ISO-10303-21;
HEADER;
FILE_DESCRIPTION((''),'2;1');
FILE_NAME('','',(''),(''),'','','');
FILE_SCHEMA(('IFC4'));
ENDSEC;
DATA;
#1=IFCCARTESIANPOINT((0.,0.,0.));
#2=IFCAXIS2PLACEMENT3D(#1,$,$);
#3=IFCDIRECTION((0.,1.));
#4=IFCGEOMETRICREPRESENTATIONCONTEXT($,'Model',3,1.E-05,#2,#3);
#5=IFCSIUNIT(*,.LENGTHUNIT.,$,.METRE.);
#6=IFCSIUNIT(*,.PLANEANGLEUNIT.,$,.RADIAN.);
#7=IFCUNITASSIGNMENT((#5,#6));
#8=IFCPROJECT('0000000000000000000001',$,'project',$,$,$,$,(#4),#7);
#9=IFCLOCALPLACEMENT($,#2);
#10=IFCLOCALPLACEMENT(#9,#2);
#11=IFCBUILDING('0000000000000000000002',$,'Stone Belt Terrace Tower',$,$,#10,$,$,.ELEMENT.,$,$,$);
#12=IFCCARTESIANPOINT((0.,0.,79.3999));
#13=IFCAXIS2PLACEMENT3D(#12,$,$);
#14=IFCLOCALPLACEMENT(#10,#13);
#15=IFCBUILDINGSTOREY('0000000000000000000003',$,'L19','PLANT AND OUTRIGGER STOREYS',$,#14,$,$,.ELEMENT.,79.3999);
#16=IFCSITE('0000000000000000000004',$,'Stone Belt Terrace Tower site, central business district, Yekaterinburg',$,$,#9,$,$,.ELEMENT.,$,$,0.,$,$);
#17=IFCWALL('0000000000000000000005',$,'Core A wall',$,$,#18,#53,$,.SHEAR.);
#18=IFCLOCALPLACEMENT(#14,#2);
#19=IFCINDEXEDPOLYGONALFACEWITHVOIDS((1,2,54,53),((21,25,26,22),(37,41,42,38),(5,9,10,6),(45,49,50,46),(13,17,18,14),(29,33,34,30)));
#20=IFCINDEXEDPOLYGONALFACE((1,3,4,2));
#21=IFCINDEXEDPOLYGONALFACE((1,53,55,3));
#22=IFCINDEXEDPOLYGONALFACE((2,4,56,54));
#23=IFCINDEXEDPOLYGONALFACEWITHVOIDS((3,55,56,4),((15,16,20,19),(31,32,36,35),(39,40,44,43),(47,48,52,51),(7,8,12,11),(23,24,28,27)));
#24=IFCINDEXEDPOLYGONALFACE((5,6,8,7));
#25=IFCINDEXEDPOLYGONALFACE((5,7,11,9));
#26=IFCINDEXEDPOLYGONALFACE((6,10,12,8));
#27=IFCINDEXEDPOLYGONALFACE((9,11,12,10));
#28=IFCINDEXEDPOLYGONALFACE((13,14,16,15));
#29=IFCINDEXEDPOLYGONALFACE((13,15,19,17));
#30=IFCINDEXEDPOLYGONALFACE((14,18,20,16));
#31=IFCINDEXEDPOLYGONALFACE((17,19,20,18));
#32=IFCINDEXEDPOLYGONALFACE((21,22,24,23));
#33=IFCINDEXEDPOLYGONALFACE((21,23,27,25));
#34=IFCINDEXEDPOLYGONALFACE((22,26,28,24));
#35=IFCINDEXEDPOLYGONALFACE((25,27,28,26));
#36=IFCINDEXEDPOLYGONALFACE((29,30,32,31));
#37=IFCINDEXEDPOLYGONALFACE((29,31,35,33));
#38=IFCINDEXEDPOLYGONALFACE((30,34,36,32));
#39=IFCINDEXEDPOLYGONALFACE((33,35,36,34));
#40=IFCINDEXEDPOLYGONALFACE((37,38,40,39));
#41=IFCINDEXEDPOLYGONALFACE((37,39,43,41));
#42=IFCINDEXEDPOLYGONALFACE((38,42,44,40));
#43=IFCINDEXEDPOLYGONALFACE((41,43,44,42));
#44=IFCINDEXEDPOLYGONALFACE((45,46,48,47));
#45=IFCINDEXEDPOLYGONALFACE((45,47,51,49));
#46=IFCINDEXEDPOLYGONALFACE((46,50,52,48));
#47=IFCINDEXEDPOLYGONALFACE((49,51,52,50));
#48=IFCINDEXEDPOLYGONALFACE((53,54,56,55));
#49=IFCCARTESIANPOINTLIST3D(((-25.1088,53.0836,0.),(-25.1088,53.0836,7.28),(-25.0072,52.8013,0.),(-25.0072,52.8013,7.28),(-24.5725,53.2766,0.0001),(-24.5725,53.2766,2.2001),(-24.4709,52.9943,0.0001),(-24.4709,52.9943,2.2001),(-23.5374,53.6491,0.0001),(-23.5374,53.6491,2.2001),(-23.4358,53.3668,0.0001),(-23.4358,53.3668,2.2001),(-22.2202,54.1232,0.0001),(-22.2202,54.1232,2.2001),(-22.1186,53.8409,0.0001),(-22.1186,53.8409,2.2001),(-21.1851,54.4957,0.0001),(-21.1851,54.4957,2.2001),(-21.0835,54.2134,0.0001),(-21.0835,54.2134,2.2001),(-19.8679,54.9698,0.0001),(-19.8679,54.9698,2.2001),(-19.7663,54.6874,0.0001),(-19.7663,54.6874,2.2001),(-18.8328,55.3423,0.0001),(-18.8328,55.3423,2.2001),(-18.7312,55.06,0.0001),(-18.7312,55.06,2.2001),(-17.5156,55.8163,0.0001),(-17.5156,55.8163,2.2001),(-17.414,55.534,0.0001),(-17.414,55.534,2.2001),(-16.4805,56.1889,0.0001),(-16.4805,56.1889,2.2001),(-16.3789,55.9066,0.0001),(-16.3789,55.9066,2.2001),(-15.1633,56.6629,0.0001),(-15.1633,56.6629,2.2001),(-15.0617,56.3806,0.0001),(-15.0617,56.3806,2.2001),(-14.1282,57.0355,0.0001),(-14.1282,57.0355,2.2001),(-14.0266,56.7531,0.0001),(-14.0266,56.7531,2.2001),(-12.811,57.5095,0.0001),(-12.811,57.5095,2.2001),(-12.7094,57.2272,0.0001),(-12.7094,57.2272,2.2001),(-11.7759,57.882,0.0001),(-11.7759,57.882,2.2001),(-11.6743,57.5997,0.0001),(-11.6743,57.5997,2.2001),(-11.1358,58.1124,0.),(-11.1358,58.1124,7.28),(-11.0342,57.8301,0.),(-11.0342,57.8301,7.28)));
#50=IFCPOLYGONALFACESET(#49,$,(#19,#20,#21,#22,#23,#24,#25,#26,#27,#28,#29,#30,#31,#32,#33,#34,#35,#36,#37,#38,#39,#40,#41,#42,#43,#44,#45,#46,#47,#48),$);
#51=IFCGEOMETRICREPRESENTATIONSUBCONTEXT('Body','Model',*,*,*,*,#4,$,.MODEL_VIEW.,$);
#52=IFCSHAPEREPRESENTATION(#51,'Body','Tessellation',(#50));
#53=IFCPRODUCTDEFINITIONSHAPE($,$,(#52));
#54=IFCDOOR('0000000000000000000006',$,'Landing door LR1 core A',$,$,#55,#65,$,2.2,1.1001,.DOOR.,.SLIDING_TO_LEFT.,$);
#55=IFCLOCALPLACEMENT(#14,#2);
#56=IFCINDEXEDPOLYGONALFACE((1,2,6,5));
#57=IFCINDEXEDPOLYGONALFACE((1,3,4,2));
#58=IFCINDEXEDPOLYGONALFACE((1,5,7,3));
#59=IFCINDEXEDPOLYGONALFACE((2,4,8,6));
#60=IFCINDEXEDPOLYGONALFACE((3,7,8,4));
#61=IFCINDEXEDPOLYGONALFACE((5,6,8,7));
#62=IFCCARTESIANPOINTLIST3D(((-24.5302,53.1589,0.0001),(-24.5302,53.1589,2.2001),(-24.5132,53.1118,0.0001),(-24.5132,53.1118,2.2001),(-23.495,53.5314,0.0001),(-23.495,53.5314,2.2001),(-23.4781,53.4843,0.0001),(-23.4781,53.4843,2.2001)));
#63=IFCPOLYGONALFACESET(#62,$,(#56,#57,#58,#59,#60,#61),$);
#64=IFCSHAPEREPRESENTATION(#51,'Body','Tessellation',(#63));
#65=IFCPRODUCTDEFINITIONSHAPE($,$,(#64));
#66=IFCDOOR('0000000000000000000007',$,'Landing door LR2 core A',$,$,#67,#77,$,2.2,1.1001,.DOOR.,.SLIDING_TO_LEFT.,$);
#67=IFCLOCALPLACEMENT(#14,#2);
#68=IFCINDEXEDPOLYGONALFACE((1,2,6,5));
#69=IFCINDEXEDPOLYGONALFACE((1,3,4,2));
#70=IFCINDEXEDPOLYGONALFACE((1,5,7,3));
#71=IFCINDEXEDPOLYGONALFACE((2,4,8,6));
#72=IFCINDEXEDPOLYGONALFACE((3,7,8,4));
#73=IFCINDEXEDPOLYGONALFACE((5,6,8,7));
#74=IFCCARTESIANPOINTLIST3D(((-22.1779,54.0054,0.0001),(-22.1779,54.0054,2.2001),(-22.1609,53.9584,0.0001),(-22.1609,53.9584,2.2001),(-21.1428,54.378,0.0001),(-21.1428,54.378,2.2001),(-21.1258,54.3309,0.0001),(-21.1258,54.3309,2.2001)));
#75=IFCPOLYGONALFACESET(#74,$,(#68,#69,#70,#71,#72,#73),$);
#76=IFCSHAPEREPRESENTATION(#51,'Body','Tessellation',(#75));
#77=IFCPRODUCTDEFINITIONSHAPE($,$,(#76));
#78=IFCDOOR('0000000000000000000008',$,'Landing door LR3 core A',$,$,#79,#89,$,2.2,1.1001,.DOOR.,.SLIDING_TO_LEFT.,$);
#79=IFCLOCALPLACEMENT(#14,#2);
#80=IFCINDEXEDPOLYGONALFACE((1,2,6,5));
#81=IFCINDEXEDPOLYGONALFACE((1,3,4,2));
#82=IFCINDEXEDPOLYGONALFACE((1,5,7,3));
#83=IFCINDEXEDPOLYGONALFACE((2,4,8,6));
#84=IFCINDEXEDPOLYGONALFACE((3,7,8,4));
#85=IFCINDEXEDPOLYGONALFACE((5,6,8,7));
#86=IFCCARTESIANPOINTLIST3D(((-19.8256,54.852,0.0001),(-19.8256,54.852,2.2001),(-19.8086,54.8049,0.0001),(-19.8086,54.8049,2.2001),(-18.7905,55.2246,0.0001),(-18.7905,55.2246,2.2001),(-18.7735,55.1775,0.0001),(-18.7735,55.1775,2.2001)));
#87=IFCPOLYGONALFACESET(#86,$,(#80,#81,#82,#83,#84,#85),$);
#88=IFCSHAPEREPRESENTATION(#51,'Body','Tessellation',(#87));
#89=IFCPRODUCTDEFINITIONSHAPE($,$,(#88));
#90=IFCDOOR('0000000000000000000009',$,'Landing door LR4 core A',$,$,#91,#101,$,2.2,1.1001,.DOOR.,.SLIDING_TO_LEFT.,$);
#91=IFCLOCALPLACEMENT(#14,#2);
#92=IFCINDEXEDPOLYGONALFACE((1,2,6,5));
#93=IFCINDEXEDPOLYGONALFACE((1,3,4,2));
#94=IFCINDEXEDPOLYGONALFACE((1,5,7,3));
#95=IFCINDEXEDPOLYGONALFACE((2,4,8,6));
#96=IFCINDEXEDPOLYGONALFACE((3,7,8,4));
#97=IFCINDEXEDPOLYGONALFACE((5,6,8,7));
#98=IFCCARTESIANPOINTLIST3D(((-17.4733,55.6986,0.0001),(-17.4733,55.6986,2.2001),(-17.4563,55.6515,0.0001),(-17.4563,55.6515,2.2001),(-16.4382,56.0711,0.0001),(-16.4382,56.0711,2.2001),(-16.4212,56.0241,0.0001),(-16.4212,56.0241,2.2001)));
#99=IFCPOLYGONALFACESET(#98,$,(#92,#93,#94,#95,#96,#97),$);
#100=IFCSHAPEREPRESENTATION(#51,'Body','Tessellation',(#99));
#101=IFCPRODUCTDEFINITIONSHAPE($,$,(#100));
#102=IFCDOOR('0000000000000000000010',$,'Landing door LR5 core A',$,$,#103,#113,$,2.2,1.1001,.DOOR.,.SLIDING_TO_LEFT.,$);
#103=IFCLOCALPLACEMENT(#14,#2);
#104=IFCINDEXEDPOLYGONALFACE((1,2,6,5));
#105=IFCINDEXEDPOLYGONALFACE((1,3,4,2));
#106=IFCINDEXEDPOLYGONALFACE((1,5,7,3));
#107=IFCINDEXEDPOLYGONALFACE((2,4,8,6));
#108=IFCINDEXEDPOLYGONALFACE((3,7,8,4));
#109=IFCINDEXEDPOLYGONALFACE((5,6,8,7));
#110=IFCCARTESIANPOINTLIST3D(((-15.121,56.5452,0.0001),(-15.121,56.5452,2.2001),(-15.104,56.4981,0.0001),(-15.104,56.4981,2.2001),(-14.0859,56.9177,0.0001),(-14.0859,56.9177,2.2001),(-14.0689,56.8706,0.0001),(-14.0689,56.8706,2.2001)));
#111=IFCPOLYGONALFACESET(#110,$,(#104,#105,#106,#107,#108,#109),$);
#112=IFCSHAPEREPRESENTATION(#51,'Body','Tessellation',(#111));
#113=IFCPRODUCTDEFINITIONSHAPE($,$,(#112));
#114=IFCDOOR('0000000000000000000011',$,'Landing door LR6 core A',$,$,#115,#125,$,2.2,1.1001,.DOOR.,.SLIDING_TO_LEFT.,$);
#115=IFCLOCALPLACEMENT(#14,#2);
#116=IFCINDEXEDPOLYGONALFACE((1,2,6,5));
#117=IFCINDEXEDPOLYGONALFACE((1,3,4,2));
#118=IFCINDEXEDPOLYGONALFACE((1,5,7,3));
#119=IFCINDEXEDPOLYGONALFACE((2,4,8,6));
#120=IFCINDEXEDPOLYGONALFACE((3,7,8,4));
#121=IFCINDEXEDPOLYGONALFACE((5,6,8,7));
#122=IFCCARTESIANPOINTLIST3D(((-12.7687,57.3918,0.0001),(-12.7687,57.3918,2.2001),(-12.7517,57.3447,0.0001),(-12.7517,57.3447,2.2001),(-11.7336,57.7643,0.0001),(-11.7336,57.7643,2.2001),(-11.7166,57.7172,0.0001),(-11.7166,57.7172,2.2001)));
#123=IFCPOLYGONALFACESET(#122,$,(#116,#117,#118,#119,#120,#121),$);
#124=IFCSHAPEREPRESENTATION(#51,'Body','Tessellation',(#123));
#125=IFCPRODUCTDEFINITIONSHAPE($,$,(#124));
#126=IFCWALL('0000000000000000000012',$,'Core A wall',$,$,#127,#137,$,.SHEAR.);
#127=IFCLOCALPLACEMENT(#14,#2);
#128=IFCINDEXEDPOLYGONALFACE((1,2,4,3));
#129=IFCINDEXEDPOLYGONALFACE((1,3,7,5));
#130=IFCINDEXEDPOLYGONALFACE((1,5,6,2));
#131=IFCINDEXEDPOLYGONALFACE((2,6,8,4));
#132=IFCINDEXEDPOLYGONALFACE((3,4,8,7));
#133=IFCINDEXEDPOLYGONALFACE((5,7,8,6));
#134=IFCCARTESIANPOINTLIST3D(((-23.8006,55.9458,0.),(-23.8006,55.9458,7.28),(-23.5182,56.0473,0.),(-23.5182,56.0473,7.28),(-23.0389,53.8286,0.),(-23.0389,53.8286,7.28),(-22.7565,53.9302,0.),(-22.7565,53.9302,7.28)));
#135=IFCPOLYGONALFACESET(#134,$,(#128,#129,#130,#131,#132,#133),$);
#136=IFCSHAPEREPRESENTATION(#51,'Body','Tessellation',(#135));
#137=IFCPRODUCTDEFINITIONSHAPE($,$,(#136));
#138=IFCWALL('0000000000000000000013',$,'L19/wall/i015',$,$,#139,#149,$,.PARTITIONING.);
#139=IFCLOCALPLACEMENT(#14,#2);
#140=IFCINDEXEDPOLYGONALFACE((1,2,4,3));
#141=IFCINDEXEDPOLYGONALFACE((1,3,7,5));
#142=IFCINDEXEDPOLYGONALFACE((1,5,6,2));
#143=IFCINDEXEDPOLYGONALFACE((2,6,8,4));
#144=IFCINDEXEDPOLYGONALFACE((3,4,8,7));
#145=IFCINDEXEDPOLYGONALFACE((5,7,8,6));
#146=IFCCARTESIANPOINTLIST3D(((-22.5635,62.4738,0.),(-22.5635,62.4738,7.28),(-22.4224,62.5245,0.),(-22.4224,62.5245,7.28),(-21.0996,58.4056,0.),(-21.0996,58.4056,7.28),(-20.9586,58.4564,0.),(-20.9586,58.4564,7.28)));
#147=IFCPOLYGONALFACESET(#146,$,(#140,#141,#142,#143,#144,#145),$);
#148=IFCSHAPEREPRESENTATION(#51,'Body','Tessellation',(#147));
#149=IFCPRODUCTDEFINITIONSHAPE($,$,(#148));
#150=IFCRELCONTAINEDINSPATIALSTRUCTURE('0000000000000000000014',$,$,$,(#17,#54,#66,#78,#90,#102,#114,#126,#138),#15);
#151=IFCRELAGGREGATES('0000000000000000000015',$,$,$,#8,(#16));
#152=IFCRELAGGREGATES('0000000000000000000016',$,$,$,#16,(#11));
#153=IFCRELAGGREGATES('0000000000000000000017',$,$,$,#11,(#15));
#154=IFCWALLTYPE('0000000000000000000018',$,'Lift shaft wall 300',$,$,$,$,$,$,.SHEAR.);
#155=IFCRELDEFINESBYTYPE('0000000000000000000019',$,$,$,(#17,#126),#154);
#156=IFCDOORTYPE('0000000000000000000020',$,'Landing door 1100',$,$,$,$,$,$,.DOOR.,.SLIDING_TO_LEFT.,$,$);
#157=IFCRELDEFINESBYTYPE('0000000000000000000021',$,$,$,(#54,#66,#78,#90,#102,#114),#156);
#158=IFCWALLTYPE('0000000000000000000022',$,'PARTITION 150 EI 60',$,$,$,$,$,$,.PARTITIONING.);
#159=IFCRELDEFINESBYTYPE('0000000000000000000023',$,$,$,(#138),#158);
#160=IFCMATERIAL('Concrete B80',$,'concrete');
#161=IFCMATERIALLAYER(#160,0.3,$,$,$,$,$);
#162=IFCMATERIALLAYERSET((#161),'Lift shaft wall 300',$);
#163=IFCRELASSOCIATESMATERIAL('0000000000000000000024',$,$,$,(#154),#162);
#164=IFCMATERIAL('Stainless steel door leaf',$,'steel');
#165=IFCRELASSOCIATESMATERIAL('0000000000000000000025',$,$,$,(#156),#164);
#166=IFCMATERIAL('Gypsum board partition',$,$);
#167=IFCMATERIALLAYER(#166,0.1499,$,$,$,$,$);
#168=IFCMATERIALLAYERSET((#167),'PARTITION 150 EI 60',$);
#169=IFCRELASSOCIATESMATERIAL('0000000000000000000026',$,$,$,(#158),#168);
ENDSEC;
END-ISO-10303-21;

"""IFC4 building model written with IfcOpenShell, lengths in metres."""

from ifc_helpers import new_model, si_unit, direction, frame, frame_2d, origin, place, context, subcontext, project, spatial, rectangle, extrude, material, layer, layer_set, type_object, element, fill, save


model = new_model("IFC4")

# Units and contexts
model_context = context("Model", 3, precision=1e-05, world=origin(), true_north=direction((0.0, 1.0)))
body_context = subcontext(model_context, "Body", "Model", "MODEL_VIEW")
ifc_project = project(units=[si_unit("LENGTHUNIT", "METRE"), si_unit("PLANEANGLEUNIT", "RADIAN")], contexts=[model_context])

# Site, building, storey
site_placement = place(None, origin())
site = spatial("IfcSite", under=ifc_project, at=site_placement, Name="Stone Belt Terrace Tower site, central business district, Yekaterinburg", CompositionType="ELEMENT", RefElevation=0.0)
building_placement = place(site_placement, origin())
building = spatial("IfcBuilding", under=site, at=building_placement, Name="Stone Belt Terrace Tower", CompositionType="ELEMENT")
storey_placement = place(building_placement, frame((0.0, 0.0, 79.3999)))
storey = spatial("IfcBuildingStorey", under=building, at=storey_placement, Name="L19", Description="PLANT AND OUTRIGGER STOREYS", CompositionType="ELEMENT", Elevation=79.3999)

# Shared definitions
ifc_material_1 = material(Name="Concrete B80", Category="concrete")

# Shared definitions
ifc_layer_1 = layer(ifc_material_1, 0.3)
ifc_layer_set_1 = layer_set([ifc_layer_1], Name="Lift shaft wall 300")
wall_type_1 = type_object("IfcWallType", Name="Lift shaft wall 300", PredefinedType="SHEAR", material=ifc_layer_set_1)
ifc_material_2 = material(Name="Stainless steel door leaf", Category="steel")

# Wall, openings, doors
wall_1_placement = place(storey_placement, frame((-25.0581, 52.9424, 0.0), z_axis=(0.0, 0.0, 1.0), x_axis=(0.940918, 0.338634, 0.0)))
wall_1 = element("IfcWall", 1, at=wall_1_placement, inside=storey, type_object=wall_type_1, Name="Core A wall", PredefinedType="SHEAR", context=body_context, shape_type="SweptSolid", body=[
    extrude(rectangle(XDim=14.8503, YDim=0.3, at=frame_2d((7.4253, 0.0))), origin(), (0.0, 0.0, 1.0), 7.28),
])
opening_1_placement = place(wall_1_placement, frame((0.5701, 0.0, 0.0)))
opening_1 = element("IfcOpeningElement", 2, at=opening_1_placement, cuts=wall_1, PredefinedType="OPENING", context=body_context, shape_type="SweptSolid", body=[
    extrude(rectangle(XDim=1.1001, YDim=2.2, at=frame_2d((0.55, 1.1001))), frame((0.0, 0.1599, 0.0), z_axis=(0.0, -1.0, 0.0), x_axis=(1.0, 0.0, 0.0)), (0.0, 0.0, 1.0), 0.3201),
])
opening_2_placement = place(wall_1_placement, frame((3.0701, 0.0, 0.0)))
opening_2 = element("IfcOpeningElement", 3, at=opening_2_placement, cuts=wall_1, PredefinedType="OPENING", context=body_context, shape_type="SweptSolid", body=[
    extrude(rectangle(XDim=1.1001, YDim=2.2, at=frame_2d((0.55, 1.1001))), frame((0.0, 0.1599, 0.0), z_axis=(0.0, -1.0, 0.0), x_axis=(1.0, 0.0, 0.0)), (0.0, 0.0, 1.0), 0.3201),
])
opening_3_placement = place(wall_1_placement, frame((5.5701, 0.0, 0.0)))
opening_3 = element("IfcOpeningElement", 4, at=opening_3_placement, cuts=wall_1, PredefinedType="OPENING", context=body_context, shape_type="SweptSolid", body=[
    extrude(rectangle(XDim=1.1001, YDim=2.2, at=frame_2d((0.55, 1.1001))), frame((0.0, 0.1599, 0.0), z_axis=(0.0, -1.0, 0.0), x_axis=(1.0, 0.0, 0.0)), (0.0, 0.0, 1.0), 0.3201),
])
opening_4_placement = place(wall_1_placement, frame((8.0701, 0.0, 0.0)))
opening_4 = element("IfcOpeningElement", 5, at=opening_4_placement, cuts=wall_1, PredefinedType="OPENING", context=body_context, shape_type="SweptSolid", body=[
    extrude(rectangle(XDim=1.1001, YDim=2.2, at=frame_2d((0.55, 1.1001))), frame((0.0, 0.1599, 0.0), z_axis=(0.0, -1.0, 0.0), x_axis=(1.0, 0.0, 0.0)), (0.0, 0.0, 1.0), 0.3201),
])
opening_5_placement = place(wall_1_placement, frame((10.5701, 0.0, 0.0)))
opening_5 = element("IfcOpeningElement", 6, at=opening_5_placement, cuts=wall_1, PredefinedType="OPENING", context=body_context, shape_type="SweptSolid", body=[
    extrude(rectangle(XDim=1.1001, YDim=2.2, at=frame_2d((0.55, 1.1001))), frame((0.0, 0.1599, 0.0), z_axis=(0.0, -1.0, 0.0), x_axis=(1.0, 0.0, 0.0)), (0.0, 0.0, 1.0), 0.3201),
])
opening_6_placement = place(wall_1_placement, frame((13.0701, 0.0, 0.0)))
opening_6 = element("IfcOpeningElement", 7, at=opening_6_placement, cuts=wall_1, PredefinedType="OPENING", context=body_context, shape_type="SweptSolid", body=[
    extrude(rectangle(XDim=1.1001, YDim=2.2, at=frame_2d((0.55, 1.1001))), frame((0.0, 0.1599, 0.0), z_axis=(0.0, -1.0, 0.0), x_axis=(1.0, 0.0, 0.0)), (0.0, 0.0, 1.0), 0.3201),
])
door_type_1 = type_object("IfcDoorType", Name="Landing door 1100", OperationType="SLIDING_TO_LEFT", PredefinedType="DOOR", material=ifc_material_2)
door_1_placement = place(opening_1_placement, origin())
door_1 = element("IfcDoor", 8, at=door_1_placement, inside=storey, type_object=door_type_1, Name="Landing door LR1 core A", OperationType="SLIDING_TO_LEFT", OverallHeight=2.2, OverallWidth=1.1001, PredefinedType="DOOR", context=body_context, shape_type="SweptSolid", body=[
    extrude(rectangle(XDim=1.1001, YDim=2.2, at=frame_2d((0.55, 1.1001))), frame((0.0, 0.0249, 0.0), z_axis=(0.0, -1.0, 0.0), x_axis=(1.0, 0.0, 0.0)), (0.0, 0.0, 1.0), 0.05),
])
fill(opening_1, door_1)
door_2_placement = place(opening_2_placement, origin())
door_2 = element("IfcDoor", 9, at=door_2_placement, inside=storey, type_object=door_type_1, Name="Landing door LR2 core A", OperationType="SLIDING_TO_LEFT", OverallHeight=2.2, OverallWidth=1.1001, PredefinedType="DOOR", context=body_context, shape_type="SweptSolid", body=[
    extrude(rectangle(XDim=1.1001, YDim=2.2, at=frame_2d((0.55, 1.1001))), frame((0.0, 0.0249, 0.0), z_axis=(0.0, -1.0, 0.0), x_axis=(1.0, 0.0, 0.0)), (0.0, 0.0, 1.0), 0.05),
])
fill(opening_2, door_2)
door_3_placement = place(opening_3_placement, origin())
door_3 = element("IfcDoor", 10, at=door_3_placement, inside=storey, type_object=door_type_1, Name="Landing door LR3 core A", OperationType="SLIDING_TO_LEFT", OverallHeight=2.2, OverallWidth=1.1001, PredefinedType="DOOR", context=body_context, shape_type="SweptSolid", body=[
    extrude(rectangle(XDim=1.1001, YDim=2.2, at=frame_2d((0.55, 1.1001))), frame((0.0, 0.0249, 0.0), z_axis=(0.0, -1.0, 0.0), x_axis=(1.0, 0.0, 0.0)), (0.0, 0.0, 1.0), 0.05),
])
fill(opening_3, door_3)
door_4_placement = place(opening_4_placement, origin())
door_4 = element("IfcDoor", 11, at=door_4_placement, inside=storey, type_object=door_type_1, Name="Landing door LR4 core A", OperationType="SLIDING_TO_LEFT", OverallHeight=2.2, OverallWidth=1.1001, PredefinedType="DOOR", context=body_context, shape_type="SweptSolid", body=[
    extrude(rectangle(XDim=1.1001, YDim=2.2, at=frame_2d((0.55, 1.1001))), frame((0.0, 0.0249, 0.0), z_axis=(0.0, -1.0, 0.0), x_axis=(1.0, 0.0, 0.0)), (0.0, 0.0, 1.0), 0.05),
])
fill(opening_4, door_4)
door_5_placement = place(opening_5_placement, origin())
door_5 = element("IfcDoor", 12, at=door_5_placement, inside=storey, type_object=door_type_1, Name="Landing door LR5 core A", OperationType="SLIDING_TO_LEFT", OverallHeight=2.2, OverallWidth=1.1001, PredefinedType="DOOR", context=body_context, shape_type="SweptSolid", body=[
    extrude(rectangle(XDim=1.1001, YDim=2.2, at=frame_2d((0.55, 1.1001))), frame((0.0, 0.0249, 0.0), z_axis=(0.0, -1.0, 0.0), x_axis=(1.0, 0.0, 0.0)), (0.0, 0.0, 1.0), 0.05),
])
fill(opening_5, door_5)
door_6_placement = place(opening_6_placement, origin())
door_6 = element("IfcDoor", 13, at=door_6_placement, inside=storey, type_object=door_type_1, Name="Landing door LR6 core A", OperationType="SLIDING_TO_LEFT", OverallHeight=2.2, OverallWidth=1.1001, PredefinedType="DOOR", context=body_context, shape_type="SweptSolid", body=[
    extrude(rectangle(XDim=1.1001, YDim=2.2, at=frame_2d((0.55, 1.1001))), frame((0.0, 0.0249, 0.0), z_axis=(0.0, -1.0, 0.0), x_axis=(1.0, 0.0, 0.0)), (0.0, 0.0, 1.0), 0.05),
])
fill(opening_6, door_6)

# Walls
wall_2_placement = place(storey_placement, frame((-22.8977, 53.8794, 0.0), z_axis=(0.0, 0.0, 1.0), x_axis=(-0.338535, 0.940954, 0.0)))
element("IfcWall", 14, at=wall_2_placement, inside=storey, type_object=wall_type_1, Name="Core A wall", PredefinedType="SHEAR", context=body_context, shape_type="SweptSolid", body=[
    extrude(rectangle(XDim=2.25, YDim=0.3, at=frame_2d((1.125, 0.0))), origin(), (0.0, 0.0, 1.0), 7.28),
])
ifc_material_3 = material(Name="Gypsum board partition")
ifc_layer_2 = layer(ifc_material_3, 0.1499)
ifc_layer_set_2 = layer_set([ifc_layer_2], Name="PARTITION 150 EI 60")
wall_type_2 = type_object("IfcWallType", Name="PARTITION 150 EI 60", PredefinedType="PARTITIONING", material=ifc_layer_set_2)
wall_3_placement = place(storey_placement, frame((-22.4929, 62.499, 0.0), z_axis=(0.0, 0.0, 1.0), x_axis=(0.338585, -0.940936, 0.0)))
element("IfcWall", 15, at=wall_3_placement, inside=storey, type_object=wall_type_2, Name="L19/wall/i015", PredefinedType="PARTITIONING", context=body_context, shape_type="SweptSolid", body=[
    extrude(rectangle(XDim=4.3235, YDim=0.1499, at=frame_2d((2.1616, 0.0))), origin(), (0.0, 0.0, 1.0), 7.28),
])

save(model, "model.ifc")
